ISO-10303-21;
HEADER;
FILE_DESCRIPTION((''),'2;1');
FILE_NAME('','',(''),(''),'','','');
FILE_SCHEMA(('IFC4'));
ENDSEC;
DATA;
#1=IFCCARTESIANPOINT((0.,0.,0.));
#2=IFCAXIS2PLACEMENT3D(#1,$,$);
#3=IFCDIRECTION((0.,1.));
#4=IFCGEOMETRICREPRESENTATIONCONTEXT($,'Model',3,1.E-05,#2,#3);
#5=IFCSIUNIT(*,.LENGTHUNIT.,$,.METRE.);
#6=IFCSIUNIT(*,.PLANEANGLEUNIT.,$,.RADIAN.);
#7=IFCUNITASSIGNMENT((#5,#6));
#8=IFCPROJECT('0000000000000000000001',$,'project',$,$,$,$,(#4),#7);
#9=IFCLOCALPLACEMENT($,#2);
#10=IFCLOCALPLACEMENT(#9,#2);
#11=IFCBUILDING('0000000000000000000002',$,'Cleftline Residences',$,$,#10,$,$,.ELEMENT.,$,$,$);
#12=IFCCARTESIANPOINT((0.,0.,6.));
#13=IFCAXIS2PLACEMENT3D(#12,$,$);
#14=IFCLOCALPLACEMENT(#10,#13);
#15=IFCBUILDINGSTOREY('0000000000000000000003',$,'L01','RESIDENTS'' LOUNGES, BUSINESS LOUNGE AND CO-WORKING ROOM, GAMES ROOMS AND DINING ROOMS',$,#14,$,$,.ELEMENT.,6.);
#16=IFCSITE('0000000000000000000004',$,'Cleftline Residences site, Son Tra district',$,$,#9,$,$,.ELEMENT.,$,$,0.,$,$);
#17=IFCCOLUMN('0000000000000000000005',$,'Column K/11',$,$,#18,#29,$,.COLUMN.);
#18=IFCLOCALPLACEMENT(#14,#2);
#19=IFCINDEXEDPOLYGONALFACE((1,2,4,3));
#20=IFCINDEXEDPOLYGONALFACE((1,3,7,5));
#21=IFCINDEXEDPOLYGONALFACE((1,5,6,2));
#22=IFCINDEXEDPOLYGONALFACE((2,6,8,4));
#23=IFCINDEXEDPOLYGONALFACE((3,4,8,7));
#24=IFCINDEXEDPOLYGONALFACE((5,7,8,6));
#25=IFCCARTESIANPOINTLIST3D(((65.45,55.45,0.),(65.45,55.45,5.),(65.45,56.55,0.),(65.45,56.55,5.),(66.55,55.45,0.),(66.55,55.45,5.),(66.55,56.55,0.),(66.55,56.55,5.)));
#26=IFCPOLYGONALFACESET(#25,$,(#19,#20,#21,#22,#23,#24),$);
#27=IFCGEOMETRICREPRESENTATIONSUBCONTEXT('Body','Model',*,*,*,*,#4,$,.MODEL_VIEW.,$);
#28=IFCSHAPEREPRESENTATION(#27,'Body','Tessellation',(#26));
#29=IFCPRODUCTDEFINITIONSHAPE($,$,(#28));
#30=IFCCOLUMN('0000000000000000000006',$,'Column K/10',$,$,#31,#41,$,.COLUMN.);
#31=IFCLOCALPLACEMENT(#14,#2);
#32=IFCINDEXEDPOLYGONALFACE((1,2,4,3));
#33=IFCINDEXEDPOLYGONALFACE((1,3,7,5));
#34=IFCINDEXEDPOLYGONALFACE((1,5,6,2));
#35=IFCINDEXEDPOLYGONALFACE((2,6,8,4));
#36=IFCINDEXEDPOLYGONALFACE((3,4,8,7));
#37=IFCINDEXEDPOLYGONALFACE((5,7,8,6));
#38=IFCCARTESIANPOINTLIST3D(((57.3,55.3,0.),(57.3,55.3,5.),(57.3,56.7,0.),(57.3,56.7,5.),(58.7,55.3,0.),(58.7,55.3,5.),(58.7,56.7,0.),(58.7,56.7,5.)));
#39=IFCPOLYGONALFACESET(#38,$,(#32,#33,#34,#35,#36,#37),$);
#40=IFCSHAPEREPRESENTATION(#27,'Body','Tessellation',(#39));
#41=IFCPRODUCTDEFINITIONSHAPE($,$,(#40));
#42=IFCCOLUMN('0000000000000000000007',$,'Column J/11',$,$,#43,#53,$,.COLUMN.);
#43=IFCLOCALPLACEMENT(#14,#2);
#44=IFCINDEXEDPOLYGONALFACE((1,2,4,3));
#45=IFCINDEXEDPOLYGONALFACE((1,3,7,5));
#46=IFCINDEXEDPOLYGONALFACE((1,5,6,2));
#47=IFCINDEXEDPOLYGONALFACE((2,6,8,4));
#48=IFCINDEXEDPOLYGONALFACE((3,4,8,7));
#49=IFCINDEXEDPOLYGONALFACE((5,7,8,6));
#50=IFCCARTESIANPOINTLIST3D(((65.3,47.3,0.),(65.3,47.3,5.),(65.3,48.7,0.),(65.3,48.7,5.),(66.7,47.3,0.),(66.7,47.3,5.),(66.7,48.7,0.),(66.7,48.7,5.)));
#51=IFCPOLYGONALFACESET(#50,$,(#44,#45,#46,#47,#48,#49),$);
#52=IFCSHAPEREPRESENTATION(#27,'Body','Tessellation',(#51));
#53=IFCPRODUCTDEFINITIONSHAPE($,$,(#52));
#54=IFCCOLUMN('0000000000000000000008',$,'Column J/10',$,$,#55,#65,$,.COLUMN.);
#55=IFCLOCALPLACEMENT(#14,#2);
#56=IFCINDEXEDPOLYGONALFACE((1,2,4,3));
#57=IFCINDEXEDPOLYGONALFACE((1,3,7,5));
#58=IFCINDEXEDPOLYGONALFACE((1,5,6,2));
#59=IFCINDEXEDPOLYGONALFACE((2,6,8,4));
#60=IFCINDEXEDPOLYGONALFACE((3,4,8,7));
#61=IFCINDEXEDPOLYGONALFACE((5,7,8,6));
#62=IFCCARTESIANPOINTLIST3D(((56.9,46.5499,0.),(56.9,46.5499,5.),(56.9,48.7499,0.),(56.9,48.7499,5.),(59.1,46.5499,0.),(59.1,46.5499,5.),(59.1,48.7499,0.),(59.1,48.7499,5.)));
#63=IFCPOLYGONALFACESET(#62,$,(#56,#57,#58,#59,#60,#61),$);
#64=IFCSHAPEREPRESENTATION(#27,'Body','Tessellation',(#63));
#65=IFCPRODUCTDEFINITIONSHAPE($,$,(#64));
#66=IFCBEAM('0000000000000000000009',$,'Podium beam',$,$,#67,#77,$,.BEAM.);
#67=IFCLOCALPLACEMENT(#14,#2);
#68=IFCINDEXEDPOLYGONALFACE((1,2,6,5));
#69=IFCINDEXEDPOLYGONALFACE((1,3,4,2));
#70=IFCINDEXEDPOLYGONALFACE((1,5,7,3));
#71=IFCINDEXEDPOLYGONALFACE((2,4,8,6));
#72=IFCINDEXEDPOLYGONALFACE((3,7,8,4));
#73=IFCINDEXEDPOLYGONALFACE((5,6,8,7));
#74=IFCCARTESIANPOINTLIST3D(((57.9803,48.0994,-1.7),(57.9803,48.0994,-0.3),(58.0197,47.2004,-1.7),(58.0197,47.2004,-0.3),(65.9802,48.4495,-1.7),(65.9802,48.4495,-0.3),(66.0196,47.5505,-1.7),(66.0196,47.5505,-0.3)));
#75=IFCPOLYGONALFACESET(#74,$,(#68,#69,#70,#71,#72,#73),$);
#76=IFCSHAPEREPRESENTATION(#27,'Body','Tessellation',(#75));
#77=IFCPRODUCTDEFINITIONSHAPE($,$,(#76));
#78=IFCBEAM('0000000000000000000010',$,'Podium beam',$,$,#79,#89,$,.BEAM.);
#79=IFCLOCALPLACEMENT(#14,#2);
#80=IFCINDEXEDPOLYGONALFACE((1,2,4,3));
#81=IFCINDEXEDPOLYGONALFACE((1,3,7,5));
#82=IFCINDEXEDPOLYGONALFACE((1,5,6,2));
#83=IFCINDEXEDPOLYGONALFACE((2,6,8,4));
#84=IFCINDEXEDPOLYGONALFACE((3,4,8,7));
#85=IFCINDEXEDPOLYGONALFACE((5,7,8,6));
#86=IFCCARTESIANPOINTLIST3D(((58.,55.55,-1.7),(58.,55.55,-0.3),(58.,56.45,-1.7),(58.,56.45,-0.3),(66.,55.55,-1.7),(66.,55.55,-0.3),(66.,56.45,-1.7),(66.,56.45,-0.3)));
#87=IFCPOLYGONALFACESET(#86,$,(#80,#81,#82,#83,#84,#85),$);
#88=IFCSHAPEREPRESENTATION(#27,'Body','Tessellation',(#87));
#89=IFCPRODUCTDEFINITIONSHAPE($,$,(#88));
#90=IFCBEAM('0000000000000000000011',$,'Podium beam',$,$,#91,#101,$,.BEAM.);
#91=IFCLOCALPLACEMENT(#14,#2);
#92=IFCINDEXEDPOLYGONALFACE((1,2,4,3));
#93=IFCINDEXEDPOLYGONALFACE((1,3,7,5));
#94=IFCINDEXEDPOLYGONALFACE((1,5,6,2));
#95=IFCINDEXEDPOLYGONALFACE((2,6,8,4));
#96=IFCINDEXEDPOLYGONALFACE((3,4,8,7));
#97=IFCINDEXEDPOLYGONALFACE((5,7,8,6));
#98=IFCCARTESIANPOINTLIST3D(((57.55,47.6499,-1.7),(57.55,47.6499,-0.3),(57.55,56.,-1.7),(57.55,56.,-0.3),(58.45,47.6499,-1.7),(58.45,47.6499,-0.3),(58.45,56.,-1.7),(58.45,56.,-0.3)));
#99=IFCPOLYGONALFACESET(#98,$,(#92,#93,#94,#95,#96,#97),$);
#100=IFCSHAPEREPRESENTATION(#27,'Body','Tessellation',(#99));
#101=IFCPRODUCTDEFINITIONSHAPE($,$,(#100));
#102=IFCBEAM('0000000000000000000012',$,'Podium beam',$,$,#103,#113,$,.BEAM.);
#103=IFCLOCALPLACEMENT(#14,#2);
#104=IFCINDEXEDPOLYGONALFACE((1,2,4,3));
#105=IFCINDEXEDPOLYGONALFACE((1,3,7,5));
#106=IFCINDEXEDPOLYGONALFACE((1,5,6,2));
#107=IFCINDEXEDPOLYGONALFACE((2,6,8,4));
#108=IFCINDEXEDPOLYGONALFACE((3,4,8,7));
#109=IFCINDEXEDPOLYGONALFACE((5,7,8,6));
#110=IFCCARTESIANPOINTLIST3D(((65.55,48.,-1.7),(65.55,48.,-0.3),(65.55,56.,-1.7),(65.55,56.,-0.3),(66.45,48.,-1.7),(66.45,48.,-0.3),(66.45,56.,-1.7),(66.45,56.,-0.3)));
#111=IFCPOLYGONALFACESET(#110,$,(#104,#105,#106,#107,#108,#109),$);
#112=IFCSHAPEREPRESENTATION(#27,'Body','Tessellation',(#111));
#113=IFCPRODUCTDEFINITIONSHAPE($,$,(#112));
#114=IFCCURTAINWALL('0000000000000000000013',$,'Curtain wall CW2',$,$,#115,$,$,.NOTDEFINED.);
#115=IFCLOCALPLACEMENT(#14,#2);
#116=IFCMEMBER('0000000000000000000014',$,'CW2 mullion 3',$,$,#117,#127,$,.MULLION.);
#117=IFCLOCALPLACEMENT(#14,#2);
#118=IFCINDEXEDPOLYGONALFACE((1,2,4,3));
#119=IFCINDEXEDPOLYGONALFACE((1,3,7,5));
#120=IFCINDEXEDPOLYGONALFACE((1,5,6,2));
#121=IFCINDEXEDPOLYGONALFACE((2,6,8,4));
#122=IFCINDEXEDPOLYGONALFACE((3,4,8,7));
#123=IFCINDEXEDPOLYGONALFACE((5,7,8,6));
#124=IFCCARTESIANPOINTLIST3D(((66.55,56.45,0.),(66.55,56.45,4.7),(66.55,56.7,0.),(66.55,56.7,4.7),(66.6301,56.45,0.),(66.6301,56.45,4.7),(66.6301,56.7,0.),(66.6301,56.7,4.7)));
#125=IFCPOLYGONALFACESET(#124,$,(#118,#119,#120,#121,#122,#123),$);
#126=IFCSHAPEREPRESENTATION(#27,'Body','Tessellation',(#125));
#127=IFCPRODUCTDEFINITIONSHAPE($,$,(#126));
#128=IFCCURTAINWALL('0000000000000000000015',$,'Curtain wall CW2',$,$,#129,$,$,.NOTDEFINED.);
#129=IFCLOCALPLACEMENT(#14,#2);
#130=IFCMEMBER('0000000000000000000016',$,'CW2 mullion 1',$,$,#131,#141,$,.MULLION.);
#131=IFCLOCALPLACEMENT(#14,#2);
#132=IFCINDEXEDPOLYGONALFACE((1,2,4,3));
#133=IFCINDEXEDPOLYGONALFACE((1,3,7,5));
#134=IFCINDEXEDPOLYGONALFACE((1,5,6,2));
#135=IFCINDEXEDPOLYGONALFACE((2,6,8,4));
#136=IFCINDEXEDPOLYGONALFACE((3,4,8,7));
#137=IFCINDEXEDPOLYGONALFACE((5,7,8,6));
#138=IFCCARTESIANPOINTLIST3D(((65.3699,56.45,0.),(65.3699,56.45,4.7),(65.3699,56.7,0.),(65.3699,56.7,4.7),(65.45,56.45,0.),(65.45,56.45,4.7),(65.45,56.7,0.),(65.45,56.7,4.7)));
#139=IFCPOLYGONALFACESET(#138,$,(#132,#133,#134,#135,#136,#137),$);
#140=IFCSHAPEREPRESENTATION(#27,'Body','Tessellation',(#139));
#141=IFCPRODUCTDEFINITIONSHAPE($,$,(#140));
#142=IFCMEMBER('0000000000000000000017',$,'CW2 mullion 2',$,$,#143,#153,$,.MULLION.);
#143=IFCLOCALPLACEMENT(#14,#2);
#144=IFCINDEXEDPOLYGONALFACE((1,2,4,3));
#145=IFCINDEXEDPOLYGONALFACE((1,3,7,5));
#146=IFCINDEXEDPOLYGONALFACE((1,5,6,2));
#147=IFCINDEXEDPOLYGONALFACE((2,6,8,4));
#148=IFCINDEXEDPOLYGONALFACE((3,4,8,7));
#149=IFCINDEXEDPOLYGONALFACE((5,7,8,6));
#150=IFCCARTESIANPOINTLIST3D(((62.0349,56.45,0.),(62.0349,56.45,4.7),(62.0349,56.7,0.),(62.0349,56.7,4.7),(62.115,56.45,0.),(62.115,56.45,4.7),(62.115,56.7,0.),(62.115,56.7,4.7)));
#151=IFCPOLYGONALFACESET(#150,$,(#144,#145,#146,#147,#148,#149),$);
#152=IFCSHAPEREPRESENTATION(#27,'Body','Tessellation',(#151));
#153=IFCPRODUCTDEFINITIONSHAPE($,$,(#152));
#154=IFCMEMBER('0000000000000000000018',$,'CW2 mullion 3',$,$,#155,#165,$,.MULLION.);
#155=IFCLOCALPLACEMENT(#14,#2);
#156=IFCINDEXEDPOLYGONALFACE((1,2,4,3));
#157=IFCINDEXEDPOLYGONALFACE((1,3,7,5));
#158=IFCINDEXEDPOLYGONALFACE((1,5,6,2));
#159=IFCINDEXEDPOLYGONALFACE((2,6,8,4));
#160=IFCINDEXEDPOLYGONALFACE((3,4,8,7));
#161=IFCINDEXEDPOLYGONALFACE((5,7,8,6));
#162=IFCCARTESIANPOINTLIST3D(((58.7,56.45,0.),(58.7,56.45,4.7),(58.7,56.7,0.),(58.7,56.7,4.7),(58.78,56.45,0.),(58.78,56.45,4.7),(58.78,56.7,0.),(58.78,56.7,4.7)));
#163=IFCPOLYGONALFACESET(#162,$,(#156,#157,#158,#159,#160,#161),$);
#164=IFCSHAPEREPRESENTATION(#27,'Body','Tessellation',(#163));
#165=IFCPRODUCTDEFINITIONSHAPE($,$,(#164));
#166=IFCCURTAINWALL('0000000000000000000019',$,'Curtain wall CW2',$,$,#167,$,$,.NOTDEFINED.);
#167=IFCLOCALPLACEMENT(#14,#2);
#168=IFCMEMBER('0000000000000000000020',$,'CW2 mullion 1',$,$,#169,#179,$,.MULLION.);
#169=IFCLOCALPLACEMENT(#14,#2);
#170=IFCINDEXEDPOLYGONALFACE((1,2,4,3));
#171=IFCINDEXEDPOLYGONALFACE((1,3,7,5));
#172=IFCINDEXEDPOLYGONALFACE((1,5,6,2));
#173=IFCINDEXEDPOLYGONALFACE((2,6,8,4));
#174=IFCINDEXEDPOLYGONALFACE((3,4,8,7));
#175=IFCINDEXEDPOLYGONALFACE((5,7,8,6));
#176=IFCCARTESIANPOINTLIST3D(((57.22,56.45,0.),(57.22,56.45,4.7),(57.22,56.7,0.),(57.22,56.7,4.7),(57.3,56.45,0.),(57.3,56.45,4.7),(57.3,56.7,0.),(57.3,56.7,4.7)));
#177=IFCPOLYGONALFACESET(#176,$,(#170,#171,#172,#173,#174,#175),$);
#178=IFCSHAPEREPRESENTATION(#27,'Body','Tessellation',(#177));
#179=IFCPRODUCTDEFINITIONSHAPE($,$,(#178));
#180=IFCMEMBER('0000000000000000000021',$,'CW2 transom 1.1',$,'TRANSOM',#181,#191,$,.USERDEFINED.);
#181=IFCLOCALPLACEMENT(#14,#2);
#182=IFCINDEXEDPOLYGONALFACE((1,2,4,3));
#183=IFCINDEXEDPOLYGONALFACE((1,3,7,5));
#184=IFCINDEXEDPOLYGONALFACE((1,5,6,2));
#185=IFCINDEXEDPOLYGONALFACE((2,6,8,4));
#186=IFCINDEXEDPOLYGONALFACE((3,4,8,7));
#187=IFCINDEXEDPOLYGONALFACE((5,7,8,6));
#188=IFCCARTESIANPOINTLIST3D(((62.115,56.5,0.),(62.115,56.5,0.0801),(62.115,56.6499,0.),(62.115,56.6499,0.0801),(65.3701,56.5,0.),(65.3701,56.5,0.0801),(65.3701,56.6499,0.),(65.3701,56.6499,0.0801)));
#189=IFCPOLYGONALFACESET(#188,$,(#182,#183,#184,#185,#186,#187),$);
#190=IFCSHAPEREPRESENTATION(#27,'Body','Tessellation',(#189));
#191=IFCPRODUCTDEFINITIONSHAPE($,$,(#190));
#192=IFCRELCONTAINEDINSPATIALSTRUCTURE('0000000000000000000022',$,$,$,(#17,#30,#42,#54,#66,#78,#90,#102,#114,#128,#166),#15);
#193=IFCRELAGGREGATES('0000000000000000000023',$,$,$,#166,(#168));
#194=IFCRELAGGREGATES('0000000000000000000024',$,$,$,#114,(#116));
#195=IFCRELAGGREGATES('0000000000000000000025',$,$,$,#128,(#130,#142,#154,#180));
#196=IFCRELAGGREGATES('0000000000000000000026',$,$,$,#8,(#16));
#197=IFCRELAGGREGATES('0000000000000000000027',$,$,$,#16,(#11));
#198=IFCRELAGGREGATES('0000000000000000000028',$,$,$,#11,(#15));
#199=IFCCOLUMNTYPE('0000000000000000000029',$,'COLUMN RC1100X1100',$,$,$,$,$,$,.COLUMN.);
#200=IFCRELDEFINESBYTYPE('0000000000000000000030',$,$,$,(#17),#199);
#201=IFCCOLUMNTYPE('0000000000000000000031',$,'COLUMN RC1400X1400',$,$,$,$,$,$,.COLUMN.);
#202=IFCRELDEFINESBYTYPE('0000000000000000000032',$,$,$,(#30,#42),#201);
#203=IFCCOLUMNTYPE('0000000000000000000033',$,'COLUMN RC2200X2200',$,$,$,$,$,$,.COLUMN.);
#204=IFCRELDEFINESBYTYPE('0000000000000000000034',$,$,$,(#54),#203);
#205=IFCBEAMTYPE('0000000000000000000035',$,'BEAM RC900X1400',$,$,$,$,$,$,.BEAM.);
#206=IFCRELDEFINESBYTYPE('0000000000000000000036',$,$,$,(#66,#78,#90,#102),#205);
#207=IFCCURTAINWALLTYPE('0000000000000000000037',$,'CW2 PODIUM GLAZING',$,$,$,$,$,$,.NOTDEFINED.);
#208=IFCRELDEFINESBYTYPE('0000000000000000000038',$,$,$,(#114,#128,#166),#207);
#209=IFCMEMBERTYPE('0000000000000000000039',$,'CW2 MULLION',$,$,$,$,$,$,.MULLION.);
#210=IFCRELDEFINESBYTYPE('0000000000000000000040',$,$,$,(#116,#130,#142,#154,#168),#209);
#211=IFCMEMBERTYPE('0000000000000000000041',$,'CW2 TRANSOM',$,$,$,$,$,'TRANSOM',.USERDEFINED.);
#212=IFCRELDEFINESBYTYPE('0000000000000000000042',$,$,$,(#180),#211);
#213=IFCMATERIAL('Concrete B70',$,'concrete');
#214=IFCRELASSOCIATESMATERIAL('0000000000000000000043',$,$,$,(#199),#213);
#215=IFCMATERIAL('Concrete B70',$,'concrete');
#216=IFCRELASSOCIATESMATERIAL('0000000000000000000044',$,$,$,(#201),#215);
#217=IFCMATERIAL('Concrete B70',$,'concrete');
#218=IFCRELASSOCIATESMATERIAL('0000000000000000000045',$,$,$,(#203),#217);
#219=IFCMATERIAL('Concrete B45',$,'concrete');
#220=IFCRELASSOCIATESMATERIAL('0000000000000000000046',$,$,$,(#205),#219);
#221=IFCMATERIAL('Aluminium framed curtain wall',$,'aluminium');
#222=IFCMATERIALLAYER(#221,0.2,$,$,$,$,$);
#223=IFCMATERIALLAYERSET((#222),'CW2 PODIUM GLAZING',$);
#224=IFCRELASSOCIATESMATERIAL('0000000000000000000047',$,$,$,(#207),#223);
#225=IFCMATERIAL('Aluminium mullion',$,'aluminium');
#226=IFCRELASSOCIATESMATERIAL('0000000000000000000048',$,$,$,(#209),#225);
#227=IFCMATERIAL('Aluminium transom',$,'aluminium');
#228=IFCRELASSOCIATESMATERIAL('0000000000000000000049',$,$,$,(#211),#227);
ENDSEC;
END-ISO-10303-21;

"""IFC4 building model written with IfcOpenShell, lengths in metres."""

from ifc_helpers import new_model, si_unit, direction, frame, origin, origin_2d, place, context, subcontext, project, spatial, rectangle, extrude, material, layer, layer_set, material_profile, profile_set, type_object, element, aggregate, save


model = new_model("IFC4")

# Units and contexts
model_context = context("Model", 3, precision=1e-05, world=origin(), true_north=direction((0.0, 1.0)))
body_context = subcontext(model_context, "Body", "Model", "MODEL_VIEW")
ifc_project = project(units=[si_unit("LENGTHUNIT", "METRE"), si_unit("PLANEANGLEUNIT", "RADIAN")], contexts=[model_context])

# Site, building, storey
site_placement = place(None, origin())
site = spatial("IfcSite", under=ifc_project, at=site_placement, Name="Cleftline Residences site, Son Tra district", CompositionType="ELEMENT", RefElevation=0.0)
building_placement = place(site_placement, origin())
building = spatial("IfcBuilding", under=site, at=building_placement, Name="Cleftline Residences", CompositionType="ELEMENT")
storey_placement = place(building_placement, frame((0.0, 0.0, 6.0)))
storey = spatial("IfcBuildingStorey", under=building, at=storey_placement, Name="L01", Description="RESIDENTS' LOUNGES, BUSINESS LOUNGE AND CO-WORKING ROOM, GAMES ROOMS AND DINING ROOMS", CompositionType="ELEMENT", Elevation=6.0)

# Columns
ifc_material_1 = material(Name="Concrete B70", Category="concrete")
ifc_material_profile_1 = material_profile(ifc_material_1, rectangle(XDim=1.1001, YDim=1.1001, at=origin_2d()))
ifc_profile_set_1 = profile_set([ifc_material_profile_1], Name="Concrete B70")
column_type_1 = type_object("IfcColumnType", Name="COLUMN RC1100X1100", PredefinedType="COLUMN", material=ifc_profile_set_1)
column_1_placement = place(storey_placement, frame((66.0, 56.0, 0.0), z_axis=(0.0, 0.0, 1.0), x_axis=(1.0, 0.0, 0.0)))
element("IfcColumn", 1, at=column_1_placement, inside=storey, type_object=column_type_1, Name="Column K/11", PredefinedType="COLUMN", context=body_context, shape_type="SweptSolid", body=[
    extrude(rectangle(XDim=1.1001, YDim=1.1001, at=origin_2d()), origin(), (0.0, 0.0, 1.0), 5.0),
])
ifc_material_2 = material(Name="Concrete B70", Category="concrete")
ifc_material_profile_2 = material_profile(ifc_material_2, rectangle(XDim=1.3999, YDim=1.3999, at=origin_2d()))
ifc_profile_set_2 = profile_set([ifc_material_profile_2], Name="Concrete B70")
column_type_2 = type_object("IfcColumnType", Name="COLUMN RC1400X1400", PredefinedType="COLUMN", material=ifc_profile_set_2)
for number, where, z_axis, x_axis, name in (
    (2, (58.0, 56.0, 0.0), (0.0, 0.0, 1.0), (1.0, 0.0, 0.0), "Column K/10"),
    (3, (66.0, 48.0, 0.0), (0.0, 0.0, 1.0), (1.0, 0.0, 0.0), "Column J/11"),
):
    element("IfcColumn", number, at=place(storey_placement, frame(where, z_axis=z_axis, x_axis=x_axis)), inside=storey, type_object=column_type_2, Name=name, PredefinedType="COLUMN", context=body_context, shape_type="SweptSolid", body=[
        extrude(rectangle(XDim=1.3999, YDim=1.3999, at=origin_2d()), origin(), (0.0, 0.0, 1.0), 5.0),
    ])
ifc_material_3 = material(Name="Concrete B70", Category="concrete")
ifc_material_profile_3 = material_profile(ifc_material_3, rectangle(XDim=2.2, YDim=2.2, at=origin_2d()))
ifc_profile_set_3 = profile_set([ifc_material_profile_3], Name="Concrete B70")
column_type_3 = type_object("IfcColumnType", Name="COLUMN RC2200X2200", PredefinedType="COLUMN", material=ifc_profile_set_3)
column_2_placement = place(storey_placement, frame((58.0, 47.6499, 0.0), z_axis=(0.0, 0.0, 1.0), x_axis=(1.0, 0.0, 0.0)))
element("IfcColumn", 4, at=column_2_placement, inside=storey, type_object=column_type_3, Name="Column J/10", PredefinedType="COLUMN", context=body_context, shape_type="SweptSolid", body=[
    extrude(rectangle(XDim=2.2, YDim=2.2, at=origin_2d()), origin(), (0.0, 0.0, 1.0), 5.0),
])

# Beams
ifc_material_4 = material(Name="Concrete B45", Category="concrete")
ifc_material_profile_4 = material_profile(ifc_material_4, rectangle(XDim=0.8999, YDim=1.3999, at=origin_2d()))
ifc_profile_set_4 = profile_set([ifc_material_profile_4], Name="Concrete B45")
beam_type = type_object("IfcBeamType", Name="BEAM RC900X1400", PredefinedType="BEAM", material=ifc_profile_set_4)
beam_1_placement = place(storey_placement, frame((58.0, 47.6499, -1.0), z_axis=(0.999044, 0.04372, 0.0), x_axis=(-0.04372, 0.999044, 0.0)))
element("IfcBeam", 5, at=beam_1_placement, inside=storey, type_object=beam_type, Name="Podium beam", PredefinedType="BEAM", context=body_context, shape_type="SweptSolid", body=[
    extrude(rectangle(XDim=0.8999, YDim=1.3999, at=origin_2d()), origin(), (0.0, 0.0, 1.0), 8.0076),
])
beam_2_placement = place(storey_placement, frame((58.0, 56.0, -1.0), z_axis=(1.0, 0.0, 0.0), x_axis=(0.0, 1.0, 0.0)))
element("IfcBeam", 6, at=beam_2_placement, inside=storey, type_object=beam_type, Name="Podium beam", PredefinedType="BEAM", context=body_context, shape_type="SweptSolid", body=[
    extrude(rectangle(XDim=0.8999, YDim=1.3999, at=origin_2d()), origin(), (0.0, 0.0, 1.0), 8.0),
])
beam_3_placement = place(storey_placement, frame((58.0, 47.6499, -1.0), z_axis=(0.0, 1.0, 0.0), x_axis=(-1.0, 0.0, 0.0)))
element("IfcBeam", 7, at=beam_3_placement, inside=storey, type_object=beam_type, Name="Podium beam", PredefinedType="BEAM", context=body_context, shape_type="SweptSolid", body=[
    extrude(rectangle(XDim=0.8999, YDim=1.3999, at=origin_2d()), origin(), (0.0, 0.0, 1.0), 8.3501),
])
beam_4_placement = place(storey_placement, frame((66.0, 48.0, -1.0), z_axis=(0.0, 1.0, 0.0), x_axis=(-1.0, 0.0, 0.0)))
element("IfcBeam", 8, at=beam_4_placement, inside=storey, type_object=beam_type, Name="Podium beam", PredefinedType="BEAM", context=body_context, shape_type="SweptSolid", body=[
    extrude(rectangle(XDim=0.8999, YDim=1.3999, at=origin_2d()), origin(), (0.0, 0.0, 1.0), 8.0),
])

# Curtain wall, member
ifc_material_5 = material(Name="Aluminium framed curtain wall", Category="aluminium")
ifc_layer_1 = layer(ifc_material_5, 0.2)
ifc_layer_set_1 = layer_set([ifc_layer_1], Name="CW2 PODIUM GLAZING")
curtain_wall_type = type_object("IfcCurtainWallType", Name="CW2 PODIUM GLAZING", PredefinedType="NOTDEFINED", material=ifc_layer_set_1)
curtain_wall_1_placement = place(storey_placement, origin())
curtain_wall_1 = element("IfcCurtainWall", 9, at=curtain_wall_1_placement, inside=storey, type_object=curtain_wall_type, Name="Curtain wall CW2", PredefinedType="NOTDEFINED")
ifc_material_6 = material(Name="Aluminium mullion", Category="aluminium")
ifc_material_profile_5 = material_profile(ifc_material_6, rectangle(XDim=0.25, YDim=0.0801, at=origin_2d()))
ifc_profile_set_5 = profile_set([ifc_material_profile_5], Name="Aluminium mullion")
member_type_1 = type_object("IfcMemberType", Name="CW2 MULLION", PredefinedType="MULLION", material=ifc_profile_set_5)
member_1_placement = place(storey_placement, frame((66.5901, 56.575, 0.0), z_axis=(0.0, 0.0, 1.0), x_axis=(0.0, -1.0, 0.0)))
member_1 = element("IfcMember", 10, at=member_1_placement, type_object=member_type_1, Name="CW2 mullion 3", PredefinedType="MULLION", context=body_context, shape_type="SweptSolid", body=[
    extrude(rectangle(XDim=0.25, YDim=0.0801, at=origin_2d()), origin(), (0.0, 0.0, 1.0), 4.7),
])

# Curtain wall, members
curtain_wall_2_placement = place(storey_placement, origin())
curtain_wall_2 = element("IfcCurtainWall", 11, at=curtain_wall_2_placement, inside=storey, type_object=curtain_wall_type, Name="Curtain wall CW2", PredefinedType="NOTDEFINED")
member_2_placement = place(storey_placement, frame((65.4099, 56.575, 0.0), z_axis=(0.0, 0.0, 1.0), x_axis=(0.0, -1.0, 0.0)))
member_2 = element("IfcMember", 12, at=member_2_placement, type_object=member_type_1, Name="CW2 mullion 1", PredefinedType="MULLION", context=body_context, shape_type="SweptSolid", body=[
    extrude(rectangle(XDim=0.25, YDim=0.0801, at=origin_2d()), origin(), (0.0, 0.0, 1.0), 4.7),
])
member_3_placement = place(storey_placement, frame((62.075, 56.575, 0.0), z_axis=(0.0, 0.0, 1.0), x_axis=(0.0, -1.0, 0.0)))
member_3 = element("IfcMember", 13, at=member_3_placement, type_object=member_type_1, Name="CW2 mullion 2", PredefinedType="MULLION", context=body_context, shape_type="SweptSolid", body=[
    extrude(rectangle(XDim=0.25, YDim=0.0801, at=origin_2d()), origin(), (0.0, 0.0, 1.0), 4.7),
])
member_4_placement = place(storey_placement, frame((58.74, 56.575, 0.0), z_axis=(0.0, 0.0, 1.0), x_axis=(0.0, -1.0, 0.0)))
member_4 = element("IfcMember", 14, at=member_4_placement, type_object=member_type_1, Name="CW2 mullion 3", PredefinedType="MULLION", context=body_context, shape_type="SweptSolid", body=[
    extrude(rectangle(XDim=0.25, YDim=0.0801, at=origin_2d()), origin(), (0.0, 0.0, 1.0), 4.7),
])

# Curtain wall, member
curtain_wall_3_placement = place(storey_placement, origin())
curtain_wall_3 = element("IfcCurtainWall", 15, at=curtain_wall_3_placement, inside=storey, type_object=curtain_wall_type, Name="Curtain wall CW2", PredefinedType="NOTDEFINED")
member_5_placement = place(storey_placement, frame((57.26, 56.575, 0.0), z_axis=(0.0, 0.0, 1.0), x_axis=(0.0, -1.0, 0.0)))
member_5 = element("IfcMember", 16, at=member_5_placement, type_object=member_type_1, Name="CW2 mullion 1", PredefinedType="MULLION", context=body_context, shape_type="SweptSolid", body=[
    extrude(rectangle(XDim=0.25, YDim=0.0801, at=origin_2d()), origin(), (0.0, 0.0, 1.0), 4.7),
])
aggregate(curtain_wall_3, [member_5])

# Member
ifc_material_7 = material(Name="Aluminium transom", Category="aluminium")
ifc_material_profile_6 = material_profile(ifc_material_7, rectangle(XDim=0.1499, YDim=0.0801, at=origin_2d()))
ifc_profile_set_6 = profile_set([ifc_material_profile_6], Name="Aluminium transom")
member_type_2 = type_object("IfcMemberType", Name="CW2 TRANSOM", ElementType="TRANSOM", PredefinedType="USERDEFINED", material=ifc_profile_set_6)
member_6_placement = place(storey_placement, frame((65.3701, 56.575, 0.04), z_axis=(-1.0, 0.0, 0.0), x_axis=(0.0, -1.0, 0.0)))
member_6 = element("IfcMember", 17, at=member_6_placement, type_object=member_type_2, Name="CW2 transom 1.1", ObjectType="TRANSOM", PredefinedType="USERDEFINED", context=body_context, shape_type="SweptSolid", body=[
    extrude(rectangle(XDim=0.1499, YDim=0.0801, at=origin_2d()), origin(), (0.0, 0.0, 1.0), 3.2551),
])

aggregate(curtain_wall_1, [member_1])
aggregate(curtain_wall_2, [member_2, member_3, member_4, member_6])

save(model, "model.ifc")
